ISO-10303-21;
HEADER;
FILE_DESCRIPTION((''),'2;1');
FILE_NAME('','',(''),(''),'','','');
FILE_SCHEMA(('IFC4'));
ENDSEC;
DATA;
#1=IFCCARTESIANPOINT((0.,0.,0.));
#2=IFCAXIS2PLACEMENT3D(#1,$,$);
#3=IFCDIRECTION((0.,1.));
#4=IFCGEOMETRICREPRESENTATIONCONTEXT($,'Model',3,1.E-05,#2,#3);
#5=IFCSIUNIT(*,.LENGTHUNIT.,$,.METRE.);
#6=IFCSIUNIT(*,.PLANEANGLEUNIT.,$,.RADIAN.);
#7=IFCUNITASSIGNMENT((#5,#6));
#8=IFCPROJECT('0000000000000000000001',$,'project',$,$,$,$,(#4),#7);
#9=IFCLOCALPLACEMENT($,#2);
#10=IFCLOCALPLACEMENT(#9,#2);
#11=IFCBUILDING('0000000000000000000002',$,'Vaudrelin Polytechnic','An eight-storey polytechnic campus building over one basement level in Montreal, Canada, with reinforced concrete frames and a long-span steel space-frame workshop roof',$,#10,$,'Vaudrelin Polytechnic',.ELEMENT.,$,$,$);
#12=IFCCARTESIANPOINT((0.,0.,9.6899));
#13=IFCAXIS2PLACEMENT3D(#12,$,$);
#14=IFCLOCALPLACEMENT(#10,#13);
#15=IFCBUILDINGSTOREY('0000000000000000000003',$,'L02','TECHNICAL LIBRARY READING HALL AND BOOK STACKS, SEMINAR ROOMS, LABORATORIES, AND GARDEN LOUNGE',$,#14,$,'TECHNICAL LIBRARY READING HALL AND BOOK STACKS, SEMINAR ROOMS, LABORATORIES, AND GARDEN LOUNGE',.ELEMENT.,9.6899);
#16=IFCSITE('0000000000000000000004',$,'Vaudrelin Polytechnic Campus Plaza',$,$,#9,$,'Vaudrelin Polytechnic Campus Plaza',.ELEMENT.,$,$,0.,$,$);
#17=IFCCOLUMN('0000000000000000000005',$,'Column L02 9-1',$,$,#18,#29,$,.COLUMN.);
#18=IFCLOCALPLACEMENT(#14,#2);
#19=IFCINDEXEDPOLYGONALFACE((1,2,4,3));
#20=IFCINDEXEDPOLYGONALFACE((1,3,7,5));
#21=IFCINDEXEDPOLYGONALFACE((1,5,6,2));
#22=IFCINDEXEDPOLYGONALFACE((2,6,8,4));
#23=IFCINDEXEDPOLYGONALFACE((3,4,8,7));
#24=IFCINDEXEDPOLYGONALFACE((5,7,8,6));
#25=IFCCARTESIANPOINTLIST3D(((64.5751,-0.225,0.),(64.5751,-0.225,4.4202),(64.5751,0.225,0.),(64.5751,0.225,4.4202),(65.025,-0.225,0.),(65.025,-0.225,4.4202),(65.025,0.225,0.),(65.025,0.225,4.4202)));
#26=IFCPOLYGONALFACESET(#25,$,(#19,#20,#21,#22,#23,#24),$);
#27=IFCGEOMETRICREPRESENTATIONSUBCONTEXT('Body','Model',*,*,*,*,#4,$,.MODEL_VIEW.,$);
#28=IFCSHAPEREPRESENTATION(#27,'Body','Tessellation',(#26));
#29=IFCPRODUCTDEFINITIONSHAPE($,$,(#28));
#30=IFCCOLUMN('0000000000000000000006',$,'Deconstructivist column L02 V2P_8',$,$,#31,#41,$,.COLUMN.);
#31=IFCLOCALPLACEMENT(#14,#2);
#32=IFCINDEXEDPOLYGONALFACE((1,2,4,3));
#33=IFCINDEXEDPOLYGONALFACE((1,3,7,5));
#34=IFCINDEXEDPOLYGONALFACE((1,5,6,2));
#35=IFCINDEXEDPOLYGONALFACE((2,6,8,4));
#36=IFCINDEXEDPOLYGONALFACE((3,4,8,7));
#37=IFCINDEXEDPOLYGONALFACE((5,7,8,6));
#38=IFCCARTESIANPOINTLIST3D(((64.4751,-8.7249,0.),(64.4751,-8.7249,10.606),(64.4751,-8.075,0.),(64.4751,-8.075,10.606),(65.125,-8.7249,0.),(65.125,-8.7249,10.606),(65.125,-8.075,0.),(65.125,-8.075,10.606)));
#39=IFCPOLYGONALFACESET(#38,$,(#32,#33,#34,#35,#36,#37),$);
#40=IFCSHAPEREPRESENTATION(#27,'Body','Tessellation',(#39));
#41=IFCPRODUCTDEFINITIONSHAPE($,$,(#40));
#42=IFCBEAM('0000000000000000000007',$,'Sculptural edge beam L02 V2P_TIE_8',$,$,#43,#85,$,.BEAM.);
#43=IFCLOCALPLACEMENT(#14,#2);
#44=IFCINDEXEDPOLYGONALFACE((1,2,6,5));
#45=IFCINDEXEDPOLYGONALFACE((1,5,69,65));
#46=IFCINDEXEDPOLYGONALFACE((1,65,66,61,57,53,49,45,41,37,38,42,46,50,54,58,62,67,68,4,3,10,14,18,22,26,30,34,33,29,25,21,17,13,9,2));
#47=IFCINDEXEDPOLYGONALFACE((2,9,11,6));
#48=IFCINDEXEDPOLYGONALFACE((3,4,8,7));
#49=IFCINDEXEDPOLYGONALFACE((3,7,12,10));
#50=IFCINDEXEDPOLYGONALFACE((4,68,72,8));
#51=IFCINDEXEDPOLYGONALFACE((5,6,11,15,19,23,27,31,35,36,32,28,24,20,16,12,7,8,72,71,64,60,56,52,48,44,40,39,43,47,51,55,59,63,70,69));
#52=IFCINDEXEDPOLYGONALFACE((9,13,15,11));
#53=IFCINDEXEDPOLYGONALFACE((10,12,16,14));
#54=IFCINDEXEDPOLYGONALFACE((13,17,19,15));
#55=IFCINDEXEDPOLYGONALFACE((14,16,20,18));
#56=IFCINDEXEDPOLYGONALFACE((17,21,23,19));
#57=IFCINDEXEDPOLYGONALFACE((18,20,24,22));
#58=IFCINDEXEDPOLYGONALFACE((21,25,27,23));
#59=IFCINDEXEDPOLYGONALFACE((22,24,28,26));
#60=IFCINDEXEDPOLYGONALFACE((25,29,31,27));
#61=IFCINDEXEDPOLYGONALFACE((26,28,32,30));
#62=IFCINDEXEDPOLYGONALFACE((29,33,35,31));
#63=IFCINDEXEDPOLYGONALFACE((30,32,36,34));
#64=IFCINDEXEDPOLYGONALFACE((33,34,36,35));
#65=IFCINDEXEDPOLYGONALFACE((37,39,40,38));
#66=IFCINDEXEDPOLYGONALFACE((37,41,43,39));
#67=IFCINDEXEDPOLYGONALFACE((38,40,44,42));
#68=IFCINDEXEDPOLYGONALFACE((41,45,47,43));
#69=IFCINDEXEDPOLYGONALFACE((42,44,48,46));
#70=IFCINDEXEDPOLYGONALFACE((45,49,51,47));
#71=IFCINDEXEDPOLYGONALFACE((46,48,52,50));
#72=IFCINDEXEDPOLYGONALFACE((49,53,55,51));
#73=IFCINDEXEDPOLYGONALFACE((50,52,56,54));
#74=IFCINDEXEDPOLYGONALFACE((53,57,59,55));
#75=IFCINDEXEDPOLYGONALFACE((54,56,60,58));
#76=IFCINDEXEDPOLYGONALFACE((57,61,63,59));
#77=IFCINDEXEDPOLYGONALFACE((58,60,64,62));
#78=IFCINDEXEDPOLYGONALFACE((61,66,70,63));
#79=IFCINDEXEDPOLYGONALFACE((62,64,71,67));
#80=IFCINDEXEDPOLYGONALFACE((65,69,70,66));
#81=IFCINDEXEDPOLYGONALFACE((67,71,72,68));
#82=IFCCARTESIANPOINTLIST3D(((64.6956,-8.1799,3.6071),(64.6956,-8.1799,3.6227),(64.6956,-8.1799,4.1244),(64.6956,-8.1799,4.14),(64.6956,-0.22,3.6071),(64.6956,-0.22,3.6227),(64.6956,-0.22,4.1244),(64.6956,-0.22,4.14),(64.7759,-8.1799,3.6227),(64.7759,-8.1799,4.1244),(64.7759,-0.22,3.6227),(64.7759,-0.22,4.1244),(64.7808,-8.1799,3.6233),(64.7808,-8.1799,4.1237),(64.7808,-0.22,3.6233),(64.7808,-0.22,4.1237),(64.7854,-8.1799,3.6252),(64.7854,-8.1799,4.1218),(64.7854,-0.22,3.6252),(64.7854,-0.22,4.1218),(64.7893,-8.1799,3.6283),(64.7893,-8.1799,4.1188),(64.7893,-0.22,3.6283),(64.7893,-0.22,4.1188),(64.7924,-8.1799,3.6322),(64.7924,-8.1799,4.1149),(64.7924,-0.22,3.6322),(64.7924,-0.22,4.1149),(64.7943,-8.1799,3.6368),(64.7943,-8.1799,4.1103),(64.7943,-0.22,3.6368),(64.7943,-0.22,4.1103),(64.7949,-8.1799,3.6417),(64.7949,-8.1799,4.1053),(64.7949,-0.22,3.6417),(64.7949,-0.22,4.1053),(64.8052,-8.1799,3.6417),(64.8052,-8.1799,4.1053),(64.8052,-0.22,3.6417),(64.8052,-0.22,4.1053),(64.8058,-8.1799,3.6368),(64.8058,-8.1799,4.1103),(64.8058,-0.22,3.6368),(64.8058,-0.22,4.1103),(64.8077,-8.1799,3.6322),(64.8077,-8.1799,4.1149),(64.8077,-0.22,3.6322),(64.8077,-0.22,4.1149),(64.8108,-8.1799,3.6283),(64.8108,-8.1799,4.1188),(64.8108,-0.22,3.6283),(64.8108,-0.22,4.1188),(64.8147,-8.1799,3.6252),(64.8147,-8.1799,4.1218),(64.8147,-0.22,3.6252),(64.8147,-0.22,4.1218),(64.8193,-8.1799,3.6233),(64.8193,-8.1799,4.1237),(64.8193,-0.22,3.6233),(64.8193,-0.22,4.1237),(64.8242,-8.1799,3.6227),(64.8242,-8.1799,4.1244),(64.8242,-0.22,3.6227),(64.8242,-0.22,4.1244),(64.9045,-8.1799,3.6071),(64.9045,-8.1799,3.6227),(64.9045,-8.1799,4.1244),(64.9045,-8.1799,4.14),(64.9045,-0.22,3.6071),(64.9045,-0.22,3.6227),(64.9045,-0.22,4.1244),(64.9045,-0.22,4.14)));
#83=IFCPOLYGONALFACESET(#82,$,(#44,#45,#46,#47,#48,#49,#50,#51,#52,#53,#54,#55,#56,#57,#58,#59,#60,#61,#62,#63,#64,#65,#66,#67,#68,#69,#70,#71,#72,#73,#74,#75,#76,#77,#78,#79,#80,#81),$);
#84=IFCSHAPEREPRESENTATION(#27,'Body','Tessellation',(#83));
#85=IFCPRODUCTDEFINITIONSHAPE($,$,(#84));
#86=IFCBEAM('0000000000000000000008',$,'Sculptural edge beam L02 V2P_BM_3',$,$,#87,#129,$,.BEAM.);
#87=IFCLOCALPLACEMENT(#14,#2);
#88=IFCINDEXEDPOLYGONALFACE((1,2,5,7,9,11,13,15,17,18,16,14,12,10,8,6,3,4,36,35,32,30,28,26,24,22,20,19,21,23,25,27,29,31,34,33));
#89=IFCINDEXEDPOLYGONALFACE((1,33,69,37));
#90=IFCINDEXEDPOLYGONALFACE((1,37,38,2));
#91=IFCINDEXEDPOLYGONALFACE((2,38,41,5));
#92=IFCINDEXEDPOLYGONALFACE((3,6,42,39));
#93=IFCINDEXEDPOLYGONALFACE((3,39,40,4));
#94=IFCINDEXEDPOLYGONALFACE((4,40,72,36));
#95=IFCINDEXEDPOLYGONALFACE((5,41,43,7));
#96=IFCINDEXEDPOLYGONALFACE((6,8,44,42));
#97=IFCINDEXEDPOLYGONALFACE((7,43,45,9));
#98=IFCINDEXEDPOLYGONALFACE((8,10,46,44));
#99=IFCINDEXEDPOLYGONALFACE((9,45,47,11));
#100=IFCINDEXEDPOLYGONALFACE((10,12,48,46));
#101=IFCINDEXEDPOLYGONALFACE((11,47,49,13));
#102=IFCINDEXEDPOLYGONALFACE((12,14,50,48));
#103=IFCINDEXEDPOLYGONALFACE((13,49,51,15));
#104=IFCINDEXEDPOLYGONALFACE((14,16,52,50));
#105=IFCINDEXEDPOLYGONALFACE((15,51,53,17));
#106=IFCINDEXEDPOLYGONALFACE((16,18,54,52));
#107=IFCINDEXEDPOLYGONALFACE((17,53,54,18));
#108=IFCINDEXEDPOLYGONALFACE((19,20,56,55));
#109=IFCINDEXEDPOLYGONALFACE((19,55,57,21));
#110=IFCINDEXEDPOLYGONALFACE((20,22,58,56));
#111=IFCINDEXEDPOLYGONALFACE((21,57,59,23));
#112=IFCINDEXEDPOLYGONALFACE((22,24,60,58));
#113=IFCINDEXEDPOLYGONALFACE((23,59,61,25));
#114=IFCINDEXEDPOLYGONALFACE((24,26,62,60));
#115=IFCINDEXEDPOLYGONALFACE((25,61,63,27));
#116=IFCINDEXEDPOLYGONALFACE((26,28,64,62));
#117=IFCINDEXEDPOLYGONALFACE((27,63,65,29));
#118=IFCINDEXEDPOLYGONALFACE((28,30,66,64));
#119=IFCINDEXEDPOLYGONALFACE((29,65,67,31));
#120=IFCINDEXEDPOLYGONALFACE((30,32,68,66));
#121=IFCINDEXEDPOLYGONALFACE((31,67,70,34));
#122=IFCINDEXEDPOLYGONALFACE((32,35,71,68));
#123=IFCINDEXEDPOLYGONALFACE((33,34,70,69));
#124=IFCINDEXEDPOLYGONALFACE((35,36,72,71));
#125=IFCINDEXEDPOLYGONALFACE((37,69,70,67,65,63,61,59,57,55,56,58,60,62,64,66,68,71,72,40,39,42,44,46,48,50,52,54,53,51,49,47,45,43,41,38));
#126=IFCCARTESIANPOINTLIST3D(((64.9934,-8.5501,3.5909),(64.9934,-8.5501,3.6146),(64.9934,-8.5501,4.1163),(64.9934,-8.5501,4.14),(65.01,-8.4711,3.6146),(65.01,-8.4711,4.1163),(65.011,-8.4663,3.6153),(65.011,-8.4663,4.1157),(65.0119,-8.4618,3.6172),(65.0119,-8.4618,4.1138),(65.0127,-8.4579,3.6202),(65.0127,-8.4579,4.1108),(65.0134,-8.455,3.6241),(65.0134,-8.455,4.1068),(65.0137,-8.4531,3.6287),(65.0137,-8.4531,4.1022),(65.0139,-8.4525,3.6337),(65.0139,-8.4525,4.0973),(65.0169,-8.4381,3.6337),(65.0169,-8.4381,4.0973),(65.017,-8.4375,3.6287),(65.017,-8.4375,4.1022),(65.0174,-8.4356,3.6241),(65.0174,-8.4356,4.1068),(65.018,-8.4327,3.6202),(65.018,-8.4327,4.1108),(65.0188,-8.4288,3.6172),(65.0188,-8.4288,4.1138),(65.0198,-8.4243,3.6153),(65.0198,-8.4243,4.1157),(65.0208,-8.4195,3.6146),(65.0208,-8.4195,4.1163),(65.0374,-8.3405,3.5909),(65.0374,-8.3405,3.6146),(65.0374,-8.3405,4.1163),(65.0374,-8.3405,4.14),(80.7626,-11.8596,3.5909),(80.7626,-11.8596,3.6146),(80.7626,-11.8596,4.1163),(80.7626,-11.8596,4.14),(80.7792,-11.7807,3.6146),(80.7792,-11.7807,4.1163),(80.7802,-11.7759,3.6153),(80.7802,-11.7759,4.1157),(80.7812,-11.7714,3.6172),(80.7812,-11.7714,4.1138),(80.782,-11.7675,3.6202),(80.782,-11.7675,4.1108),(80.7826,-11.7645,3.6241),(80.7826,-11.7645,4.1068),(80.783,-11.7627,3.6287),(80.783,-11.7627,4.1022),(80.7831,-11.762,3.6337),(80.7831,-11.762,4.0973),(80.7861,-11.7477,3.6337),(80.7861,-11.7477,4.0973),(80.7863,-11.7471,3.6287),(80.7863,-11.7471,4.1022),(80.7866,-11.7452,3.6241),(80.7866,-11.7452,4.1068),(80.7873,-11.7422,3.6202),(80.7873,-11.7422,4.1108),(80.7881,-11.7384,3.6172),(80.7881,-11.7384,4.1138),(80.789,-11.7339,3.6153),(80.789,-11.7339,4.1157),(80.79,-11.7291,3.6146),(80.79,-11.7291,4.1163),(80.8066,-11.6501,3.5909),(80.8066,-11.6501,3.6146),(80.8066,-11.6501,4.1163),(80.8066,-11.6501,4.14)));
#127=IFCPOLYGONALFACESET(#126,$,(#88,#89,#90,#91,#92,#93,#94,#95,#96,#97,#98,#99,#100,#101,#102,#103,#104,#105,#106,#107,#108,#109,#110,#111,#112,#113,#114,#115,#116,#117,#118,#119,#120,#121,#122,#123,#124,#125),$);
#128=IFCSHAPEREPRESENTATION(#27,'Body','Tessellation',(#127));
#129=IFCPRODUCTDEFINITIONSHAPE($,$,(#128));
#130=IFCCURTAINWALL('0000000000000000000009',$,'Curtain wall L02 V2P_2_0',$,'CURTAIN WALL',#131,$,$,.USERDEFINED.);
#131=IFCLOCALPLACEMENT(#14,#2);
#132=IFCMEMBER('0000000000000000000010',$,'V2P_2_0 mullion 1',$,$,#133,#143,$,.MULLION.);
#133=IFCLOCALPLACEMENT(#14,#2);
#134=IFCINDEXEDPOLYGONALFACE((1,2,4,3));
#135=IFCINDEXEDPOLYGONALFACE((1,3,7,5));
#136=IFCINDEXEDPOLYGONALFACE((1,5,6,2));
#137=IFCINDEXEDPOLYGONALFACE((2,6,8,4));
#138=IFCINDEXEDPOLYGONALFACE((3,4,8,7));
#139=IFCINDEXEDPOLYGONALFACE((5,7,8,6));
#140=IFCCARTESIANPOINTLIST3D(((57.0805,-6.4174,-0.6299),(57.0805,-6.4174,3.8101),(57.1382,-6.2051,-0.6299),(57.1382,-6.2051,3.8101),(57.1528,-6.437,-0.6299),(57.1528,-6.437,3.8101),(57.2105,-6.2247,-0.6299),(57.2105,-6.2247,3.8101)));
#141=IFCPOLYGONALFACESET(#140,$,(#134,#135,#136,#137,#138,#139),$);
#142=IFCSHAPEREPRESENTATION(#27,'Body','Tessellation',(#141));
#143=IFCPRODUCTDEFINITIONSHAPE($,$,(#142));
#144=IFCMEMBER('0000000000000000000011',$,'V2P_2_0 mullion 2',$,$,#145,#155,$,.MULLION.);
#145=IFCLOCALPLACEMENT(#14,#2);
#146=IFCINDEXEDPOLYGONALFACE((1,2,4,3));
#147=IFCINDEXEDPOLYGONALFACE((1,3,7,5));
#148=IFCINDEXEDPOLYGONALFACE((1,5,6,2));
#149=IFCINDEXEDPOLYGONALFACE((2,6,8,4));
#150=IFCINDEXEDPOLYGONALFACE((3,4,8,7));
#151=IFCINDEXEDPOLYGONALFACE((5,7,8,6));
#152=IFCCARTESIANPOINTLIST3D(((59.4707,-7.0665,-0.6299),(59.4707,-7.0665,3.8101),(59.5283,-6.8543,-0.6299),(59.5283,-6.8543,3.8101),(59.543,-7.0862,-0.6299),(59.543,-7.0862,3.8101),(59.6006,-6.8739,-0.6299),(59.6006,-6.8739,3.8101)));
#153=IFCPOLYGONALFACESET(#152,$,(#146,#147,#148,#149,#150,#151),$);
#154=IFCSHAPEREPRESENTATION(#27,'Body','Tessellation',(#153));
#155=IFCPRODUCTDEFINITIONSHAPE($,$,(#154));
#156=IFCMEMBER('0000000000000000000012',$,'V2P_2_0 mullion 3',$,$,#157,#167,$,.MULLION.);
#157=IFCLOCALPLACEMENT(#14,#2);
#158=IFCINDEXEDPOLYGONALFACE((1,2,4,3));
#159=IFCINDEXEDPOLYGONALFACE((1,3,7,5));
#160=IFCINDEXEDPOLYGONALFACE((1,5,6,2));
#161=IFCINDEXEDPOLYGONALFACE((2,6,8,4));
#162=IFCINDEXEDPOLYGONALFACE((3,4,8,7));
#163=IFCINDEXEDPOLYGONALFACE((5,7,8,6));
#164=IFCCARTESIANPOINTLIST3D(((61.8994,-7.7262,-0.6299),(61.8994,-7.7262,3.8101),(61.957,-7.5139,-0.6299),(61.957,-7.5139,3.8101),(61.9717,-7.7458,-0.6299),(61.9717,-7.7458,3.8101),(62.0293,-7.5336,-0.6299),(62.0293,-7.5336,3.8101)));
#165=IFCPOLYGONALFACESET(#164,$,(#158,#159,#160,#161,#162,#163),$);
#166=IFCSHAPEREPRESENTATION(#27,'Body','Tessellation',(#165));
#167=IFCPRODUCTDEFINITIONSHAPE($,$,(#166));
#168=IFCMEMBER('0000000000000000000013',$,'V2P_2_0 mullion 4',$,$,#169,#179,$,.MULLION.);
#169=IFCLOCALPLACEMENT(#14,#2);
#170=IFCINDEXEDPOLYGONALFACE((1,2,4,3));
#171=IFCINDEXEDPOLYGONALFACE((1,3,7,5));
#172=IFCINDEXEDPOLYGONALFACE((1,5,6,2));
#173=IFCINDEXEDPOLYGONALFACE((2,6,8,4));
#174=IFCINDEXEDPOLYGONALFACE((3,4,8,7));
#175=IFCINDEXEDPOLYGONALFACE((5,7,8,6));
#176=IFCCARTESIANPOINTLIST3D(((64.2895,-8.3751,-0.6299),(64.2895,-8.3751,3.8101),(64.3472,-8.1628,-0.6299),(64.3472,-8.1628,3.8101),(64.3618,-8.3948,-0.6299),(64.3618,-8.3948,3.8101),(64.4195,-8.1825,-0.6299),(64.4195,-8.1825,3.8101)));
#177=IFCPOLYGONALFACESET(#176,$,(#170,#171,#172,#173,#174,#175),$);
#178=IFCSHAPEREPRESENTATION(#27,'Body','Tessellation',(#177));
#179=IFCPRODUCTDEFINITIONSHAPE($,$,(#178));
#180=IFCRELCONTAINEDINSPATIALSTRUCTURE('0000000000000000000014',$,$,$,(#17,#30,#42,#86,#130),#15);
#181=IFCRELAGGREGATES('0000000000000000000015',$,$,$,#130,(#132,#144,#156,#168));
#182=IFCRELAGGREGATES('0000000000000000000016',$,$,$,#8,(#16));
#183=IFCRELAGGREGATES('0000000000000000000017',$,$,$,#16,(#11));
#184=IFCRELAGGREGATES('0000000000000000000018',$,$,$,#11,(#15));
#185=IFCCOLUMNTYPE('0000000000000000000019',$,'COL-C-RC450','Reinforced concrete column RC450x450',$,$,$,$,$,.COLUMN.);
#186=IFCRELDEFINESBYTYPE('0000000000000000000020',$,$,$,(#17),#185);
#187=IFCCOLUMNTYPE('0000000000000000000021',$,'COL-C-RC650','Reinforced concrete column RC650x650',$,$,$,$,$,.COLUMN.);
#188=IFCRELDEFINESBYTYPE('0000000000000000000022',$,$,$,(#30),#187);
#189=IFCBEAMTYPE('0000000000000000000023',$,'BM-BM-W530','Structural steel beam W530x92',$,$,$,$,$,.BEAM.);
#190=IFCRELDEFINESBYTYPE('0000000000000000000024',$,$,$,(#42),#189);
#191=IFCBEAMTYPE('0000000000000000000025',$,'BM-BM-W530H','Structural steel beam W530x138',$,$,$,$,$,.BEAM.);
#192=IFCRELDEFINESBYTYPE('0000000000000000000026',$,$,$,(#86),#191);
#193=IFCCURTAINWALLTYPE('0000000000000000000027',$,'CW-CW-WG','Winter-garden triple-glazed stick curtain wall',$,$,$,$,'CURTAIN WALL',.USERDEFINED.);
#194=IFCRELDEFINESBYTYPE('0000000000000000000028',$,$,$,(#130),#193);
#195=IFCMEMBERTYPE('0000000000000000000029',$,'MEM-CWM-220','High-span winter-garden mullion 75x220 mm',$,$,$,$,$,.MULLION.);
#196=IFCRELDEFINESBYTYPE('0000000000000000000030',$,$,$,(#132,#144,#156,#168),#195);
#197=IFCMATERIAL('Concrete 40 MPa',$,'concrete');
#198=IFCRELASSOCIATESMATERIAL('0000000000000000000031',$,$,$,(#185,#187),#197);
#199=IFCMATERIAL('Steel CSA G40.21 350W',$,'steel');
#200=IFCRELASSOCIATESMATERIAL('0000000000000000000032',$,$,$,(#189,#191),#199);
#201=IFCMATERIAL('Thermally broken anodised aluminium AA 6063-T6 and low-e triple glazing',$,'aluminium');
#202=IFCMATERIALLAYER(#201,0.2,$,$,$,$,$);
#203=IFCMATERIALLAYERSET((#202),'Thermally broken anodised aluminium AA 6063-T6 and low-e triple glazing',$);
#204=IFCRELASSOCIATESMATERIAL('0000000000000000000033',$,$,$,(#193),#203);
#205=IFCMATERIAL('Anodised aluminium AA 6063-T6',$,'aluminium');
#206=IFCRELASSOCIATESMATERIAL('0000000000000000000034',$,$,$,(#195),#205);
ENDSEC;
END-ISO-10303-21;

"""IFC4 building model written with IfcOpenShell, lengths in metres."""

from ifc_helpers import new_model, si_unit, direction, frame, origin, origin_2d, place, context, subcontext, project, spatial, rectangle, i_section, extrude, material, layer, layer_set, material_profile, profile_set, type_object, element, aggregate, save


model = new_model("IFC4")

# Units and contexts
model_context = context("Model", 3, precision=1e-05, world=origin(), true_north=direction((0.0, 1.0)))
body_context = subcontext(model_context, "Body", "Model", "MODEL_VIEW")
ifc_project = project(units=[si_unit("LENGTHUNIT", "METRE"), si_unit("PLANEANGLEUNIT", "RADIAN")], contexts=[model_context])

# Site, building, storey
site_placement = place(None, origin())
site = spatial("IfcSite", under=ifc_project, at=site_placement, Name="Vaudrelin Polytechnic Campus Plaza", LongName="Vaudrelin Polytechnic Campus Plaza", CompositionType="ELEMENT", RefElevation=0.0)
building_placement = place(site_placement, origin())
building = spatial("IfcBuilding", under=site, at=building_placement, Name="Vaudrelin Polytechnic", Description="An eight-storey polytechnic campus building over one basement level in Montreal, Canada, with reinforced concrete frames and a long-span steel space-frame workshop roof", LongName="Vaudrelin Polytechnic", CompositionType="ELEMENT")
storey_placement = place(building_placement, frame((0.0, 0.0, 9.6899)))
storey = spatial("IfcBuildingStorey", under=building, at=storey_placement, Name="L02", Description="TECHNICAL LIBRARY READING HALL AND BOOK STACKS, SEMINAR ROOMS, LABORATORIES, AND GARDEN LOUNGE", LongName="TECHNICAL LIBRARY READING HALL AND BOOK STACKS, SEMINAR ROOMS, LABORATORIES, AND GARDEN LOUNGE", CompositionType="ELEMENT", Elevation=9.6899)

# Columns
ifc_material_1 = material(Name="Concrete 40 MPa", Category="concrete")
ifc_material_profile_1 = material_profile(ifc_material_1, rectangle(XDim=0.45, YDim=0.45, at=origin_2d()), Name="RC450x450")
ifc_profile_set_1 = profile_set([ifc_material_profile_1], Name="Concrete 40 MPa")
column_type_1 = type_object("IfcColumnType", Name="COL-C-RC450", Description="Reinforced concrete column RC450x450", PredefinedType="COLUMN", material=ifc_profile_set_1)
column_1_placement = place(storey_placement, frame((64.8, 0.0, 0.0), z_axis=(0.0, 0.0, 1.0), x_axis=(1.0, 0.0, 0.0)))
element("IfcColumn", 1, at=column_1_placement, inside=storey, type_object=column_type_1, Name="Column L02 9-1", PredefinedType="COLUMN", context=body_context, shape_type="SweptSolid", body=[
    extrude(rectangle(XDim=0.45, YDim=0.45, at=origin_2d()), origin(), (0.0, 0.0, 1.0), 4.4202),
])
ifc_material_profile_2 = material_profile(ifc_material_1, rectangle(XDim=0.6499, YDim=0.6499, at=origin_2d()), Name="RC650x650")
ifc_profile_set_2 = profile_set([ifc_material_profile_2], Name="Concrete 40 MPa")
column_type_2 = type_object("IfcColumnType", Name="COL-C-RC650", Description="Reinforced concrete column RC650x650", PredefinedType="COLUMN", material=ifc_profile_set_2)
column_2_placement = place(storey_placement, frame((64.8, -8.3999, 0.0), z_axis=(0.0, 0.0, 1.0), x_axis=(1.0, 0.0, 0.0)))
element("IfcColumn", 2, at=column_2_placement, inside=storey, type_object=column_type_2, Name="Deconstructivist column L02 V2P_8", PredefinedType="COLUMN", context=body_context, shape_type="SweptSolid", body=[
    extrude(rectangle(XDim=0.6499, YDim=0.6499, at=origin_2d()), origin(), (0.0, 0.0, 1.0), 10.606),
])

# Beams
ifc_material_2 = material(Name="Steel CSA G40.21 350W", Category="steel")
ifc_material_profile_3 = material_profile(ifc_material_2, i_section(OverallWidth=0.209, OverallDepth=0.533, WebThickness=0.0103, FlangeThickness=0.0156, FilletRadius=0.019, at=origin_2d()), Name="W530x92")
ifc_profile_set_3 = profile_set([ifc_material_profile_3], Name="Steel CSA G40.21 350W")
beam_type_1 = type_object("IfcBeamType", Name="BM-BM-W530", Description="Structural steel beam W530x92", PredefinedType="BEAM", material=ifc_profile_set_3)
beam_1_placement = place(storey_placement, frame((64.8, -8.1799, 3.8735), z_axis=(0.0, 1.0, 0.0), x_axis=(-1.0, 0.0, 0.0)))
element("IfcBeam", 3, at=beam_1_placement, inside=storey, type_object=beam_type_1, Name="Sculptural edge beam L02 V2P_TIE_8", PredefinedType="BEAM", context=body_context, shape_type="SweptSolid", body=[
    extrude(i_section(OverallWidth=0.209, OverallDepth=0.533, WebThickness=0.0103, FlangeThickness=0.0156, FilletRadius=0.019, at=origin_2d()), origin(), (0.0, 0.0, 1.0), 7.96),
])
ifc_material_profile_4 = material_profile(ifc_material_2, i_section(OverallWidth=0.2141, OverallDepth=0.5491, WebThickness=0.0146, FlangeThickness=0.0237, FilletRadius=0.019, at=origin_2d()), Name="W530x138")
ifc_profile_set_4 = profile_set([ifc_material_profile_4], Name="Steel CSA G40.21 350W")
beam_type_2 = type_object("IfcBeamType", Name="BM-BM-W530H", Description="Structural steel beam W530x138", PredefinedType="BEAM", material=ifc_profile_set_4)
beam_2_placement = place(storey_placement, frame((65.0154, -8.4453, 3.8655), z_axis=(0.978678, -0.2054, 0.0), x_axis=(0.2054, 0.978678, 0.0)))
element("IfcBeam", 4, at=beam_2_placement, inside=storey, type_object=beam_type_2, Name="Sculptural edge beam L02 V2P_BM_3", PredefinedType="BEAM", context=body_context, shape_type="SweptSolid", body=[
    extrude(i_section(OverallWidth=0.2141, OverallDepth=0.5491, WebThickness=0.0146, FlangeThickness=0.0237, FilletRadius=0.019, at=origin_2d()), origin(), (0.0, 0.0, 1.0), 16.1128),
])

# Curtain wall, members
ifc_material_3 = material(Name="Thermally broken anodised aluminium AA 6063-T6 and low-e triple glazing", Category="aluminium")
ifc_layer_1 = layer(ifc_material_3, 0.2)
ifc_layer_set_1 = layer_set([ifc_layer_1], Name="Thermally broken anodised aluminium AA 6063-T6 and low-e triple glazing")
curtain_wall_type = type_object("IfcCurtainWallType", Name="CW-CW-WG", Description="Winter-garden triple-glazed stick curtain wall", ElementType="CURTAIN WALL", PredefinedType="USERDEFINED", material=ifc_layer_set_1)
curtain_wall_1_placement = place(storey_placement, origin())
curtain_wall_1 = element("IfcCurtainWall", 5, at=curtain_wall_1_placement, inside=storey, type_object=curtain_wall_type, Name="Curtain wall L02 V2P_2_0", ObjectType="CURTAIN WALL", PredefinedType="USERDEFINED")
ifc_material_4 = material(Name="Anodised aluminium AA 6063-T6", Category="aluminium")
ifc_material_profile_5 = material_profile(ifc_material_4, rectangle(XDim=0.075, YDim=0.22, at=origin_2d()), Name="CWM-75x220")
ifc_profile_set_5 = profile_set([ifc_material_profile_5], Name="Anodised aluminium AA 6063-T6")
member_type_1 = type_object("IfcMemberType", Name="MEM-CWM-220", Description="High-span winter-garden mullion 75x220 mm", PredefinedType="MULLION", material=ifc_profile_set_5)
member_1_placement = place(storey_placement, frame((57.1455, -6.321, -0.6299), z_axis=(0.0, 0.0, 1.0), x_axis=(0.965042, -0.262095, 0.0)))
member_1 = element("IfcMember", 6, at=member_1_placement, type_object=member_type_1, Name="V2P_2_0 mullion 1", PredefinedType="MULLION", context=body_context, shape_type="SweptSolid", body=[
    extrude(rectangle(XDim=0.075, YDim=0.22, at=origin_2d()), origin(), (0.0, 0.0, 1.0), 4.4399),
])
member_2_placement = place(storey_placement, frame((59.5356, -6.9702, -0.6299), z_axis=(0.0, 0.0, 1.0), x_axis=(0.965042, -0.262095, 0.0)))
member_2 = element("IfcMember", 7, at=member_2_placement, type_object=member_type_1, Name="V2P_2_0 mullion 2", PredefinedType="MULLION", context=body_context, shape_type="SweptSolid", body=[
    extrude(rectangle(XDim=0.075, YDim=0.22, at=origin_2d()), origin(), (0.0, 0.0, 1.0), 4.4399),
])
member_3_placement = place(storey_placement, frame((61.9644, -7.6299, -0.6299), z_axis=(0.0, 0.0, 1.0), x_axis=(0.965042, -0.262095, 0.0)))
member_3 = element("IfcMember", 8, at=member_3_placement, type_object=member_type_1, Name="V2P_2_0 mullion 3", PredefinedType="MULLION", context=body_context, shape_type="SweptSolid", body=[
    extrude(rectangle(XDim=0.075, YDim=0.22, at=origin_2d()), origin(), (0.0, 0.0, 1.0), 4.4399),
])
member_4_placement = place(storey_placement, frame((64.3545, -8.2788, -0.6299), z_axis=(0.0, 0.0, 1.0), x_axis=(0.965042, -0.262095, 0.0)))
member_4 = element("IfcMember", 9, at=member_4_placement, type_object=member_type_1, Name="V2P_2_0 mullion 4", PredefinedType="MULLION", context=body_context, shape_type="SweptSolid", body=[
    extrude(rectangle(XDim=0.075, YDim=0.22, at=origin_2d()), origin(), (0.0, 0.0, 1.0), 4.4399),
])

aggregate(curtain_wall_1, [member_1, member_2, member_3, member_4])

save(model, "model.ifc")
